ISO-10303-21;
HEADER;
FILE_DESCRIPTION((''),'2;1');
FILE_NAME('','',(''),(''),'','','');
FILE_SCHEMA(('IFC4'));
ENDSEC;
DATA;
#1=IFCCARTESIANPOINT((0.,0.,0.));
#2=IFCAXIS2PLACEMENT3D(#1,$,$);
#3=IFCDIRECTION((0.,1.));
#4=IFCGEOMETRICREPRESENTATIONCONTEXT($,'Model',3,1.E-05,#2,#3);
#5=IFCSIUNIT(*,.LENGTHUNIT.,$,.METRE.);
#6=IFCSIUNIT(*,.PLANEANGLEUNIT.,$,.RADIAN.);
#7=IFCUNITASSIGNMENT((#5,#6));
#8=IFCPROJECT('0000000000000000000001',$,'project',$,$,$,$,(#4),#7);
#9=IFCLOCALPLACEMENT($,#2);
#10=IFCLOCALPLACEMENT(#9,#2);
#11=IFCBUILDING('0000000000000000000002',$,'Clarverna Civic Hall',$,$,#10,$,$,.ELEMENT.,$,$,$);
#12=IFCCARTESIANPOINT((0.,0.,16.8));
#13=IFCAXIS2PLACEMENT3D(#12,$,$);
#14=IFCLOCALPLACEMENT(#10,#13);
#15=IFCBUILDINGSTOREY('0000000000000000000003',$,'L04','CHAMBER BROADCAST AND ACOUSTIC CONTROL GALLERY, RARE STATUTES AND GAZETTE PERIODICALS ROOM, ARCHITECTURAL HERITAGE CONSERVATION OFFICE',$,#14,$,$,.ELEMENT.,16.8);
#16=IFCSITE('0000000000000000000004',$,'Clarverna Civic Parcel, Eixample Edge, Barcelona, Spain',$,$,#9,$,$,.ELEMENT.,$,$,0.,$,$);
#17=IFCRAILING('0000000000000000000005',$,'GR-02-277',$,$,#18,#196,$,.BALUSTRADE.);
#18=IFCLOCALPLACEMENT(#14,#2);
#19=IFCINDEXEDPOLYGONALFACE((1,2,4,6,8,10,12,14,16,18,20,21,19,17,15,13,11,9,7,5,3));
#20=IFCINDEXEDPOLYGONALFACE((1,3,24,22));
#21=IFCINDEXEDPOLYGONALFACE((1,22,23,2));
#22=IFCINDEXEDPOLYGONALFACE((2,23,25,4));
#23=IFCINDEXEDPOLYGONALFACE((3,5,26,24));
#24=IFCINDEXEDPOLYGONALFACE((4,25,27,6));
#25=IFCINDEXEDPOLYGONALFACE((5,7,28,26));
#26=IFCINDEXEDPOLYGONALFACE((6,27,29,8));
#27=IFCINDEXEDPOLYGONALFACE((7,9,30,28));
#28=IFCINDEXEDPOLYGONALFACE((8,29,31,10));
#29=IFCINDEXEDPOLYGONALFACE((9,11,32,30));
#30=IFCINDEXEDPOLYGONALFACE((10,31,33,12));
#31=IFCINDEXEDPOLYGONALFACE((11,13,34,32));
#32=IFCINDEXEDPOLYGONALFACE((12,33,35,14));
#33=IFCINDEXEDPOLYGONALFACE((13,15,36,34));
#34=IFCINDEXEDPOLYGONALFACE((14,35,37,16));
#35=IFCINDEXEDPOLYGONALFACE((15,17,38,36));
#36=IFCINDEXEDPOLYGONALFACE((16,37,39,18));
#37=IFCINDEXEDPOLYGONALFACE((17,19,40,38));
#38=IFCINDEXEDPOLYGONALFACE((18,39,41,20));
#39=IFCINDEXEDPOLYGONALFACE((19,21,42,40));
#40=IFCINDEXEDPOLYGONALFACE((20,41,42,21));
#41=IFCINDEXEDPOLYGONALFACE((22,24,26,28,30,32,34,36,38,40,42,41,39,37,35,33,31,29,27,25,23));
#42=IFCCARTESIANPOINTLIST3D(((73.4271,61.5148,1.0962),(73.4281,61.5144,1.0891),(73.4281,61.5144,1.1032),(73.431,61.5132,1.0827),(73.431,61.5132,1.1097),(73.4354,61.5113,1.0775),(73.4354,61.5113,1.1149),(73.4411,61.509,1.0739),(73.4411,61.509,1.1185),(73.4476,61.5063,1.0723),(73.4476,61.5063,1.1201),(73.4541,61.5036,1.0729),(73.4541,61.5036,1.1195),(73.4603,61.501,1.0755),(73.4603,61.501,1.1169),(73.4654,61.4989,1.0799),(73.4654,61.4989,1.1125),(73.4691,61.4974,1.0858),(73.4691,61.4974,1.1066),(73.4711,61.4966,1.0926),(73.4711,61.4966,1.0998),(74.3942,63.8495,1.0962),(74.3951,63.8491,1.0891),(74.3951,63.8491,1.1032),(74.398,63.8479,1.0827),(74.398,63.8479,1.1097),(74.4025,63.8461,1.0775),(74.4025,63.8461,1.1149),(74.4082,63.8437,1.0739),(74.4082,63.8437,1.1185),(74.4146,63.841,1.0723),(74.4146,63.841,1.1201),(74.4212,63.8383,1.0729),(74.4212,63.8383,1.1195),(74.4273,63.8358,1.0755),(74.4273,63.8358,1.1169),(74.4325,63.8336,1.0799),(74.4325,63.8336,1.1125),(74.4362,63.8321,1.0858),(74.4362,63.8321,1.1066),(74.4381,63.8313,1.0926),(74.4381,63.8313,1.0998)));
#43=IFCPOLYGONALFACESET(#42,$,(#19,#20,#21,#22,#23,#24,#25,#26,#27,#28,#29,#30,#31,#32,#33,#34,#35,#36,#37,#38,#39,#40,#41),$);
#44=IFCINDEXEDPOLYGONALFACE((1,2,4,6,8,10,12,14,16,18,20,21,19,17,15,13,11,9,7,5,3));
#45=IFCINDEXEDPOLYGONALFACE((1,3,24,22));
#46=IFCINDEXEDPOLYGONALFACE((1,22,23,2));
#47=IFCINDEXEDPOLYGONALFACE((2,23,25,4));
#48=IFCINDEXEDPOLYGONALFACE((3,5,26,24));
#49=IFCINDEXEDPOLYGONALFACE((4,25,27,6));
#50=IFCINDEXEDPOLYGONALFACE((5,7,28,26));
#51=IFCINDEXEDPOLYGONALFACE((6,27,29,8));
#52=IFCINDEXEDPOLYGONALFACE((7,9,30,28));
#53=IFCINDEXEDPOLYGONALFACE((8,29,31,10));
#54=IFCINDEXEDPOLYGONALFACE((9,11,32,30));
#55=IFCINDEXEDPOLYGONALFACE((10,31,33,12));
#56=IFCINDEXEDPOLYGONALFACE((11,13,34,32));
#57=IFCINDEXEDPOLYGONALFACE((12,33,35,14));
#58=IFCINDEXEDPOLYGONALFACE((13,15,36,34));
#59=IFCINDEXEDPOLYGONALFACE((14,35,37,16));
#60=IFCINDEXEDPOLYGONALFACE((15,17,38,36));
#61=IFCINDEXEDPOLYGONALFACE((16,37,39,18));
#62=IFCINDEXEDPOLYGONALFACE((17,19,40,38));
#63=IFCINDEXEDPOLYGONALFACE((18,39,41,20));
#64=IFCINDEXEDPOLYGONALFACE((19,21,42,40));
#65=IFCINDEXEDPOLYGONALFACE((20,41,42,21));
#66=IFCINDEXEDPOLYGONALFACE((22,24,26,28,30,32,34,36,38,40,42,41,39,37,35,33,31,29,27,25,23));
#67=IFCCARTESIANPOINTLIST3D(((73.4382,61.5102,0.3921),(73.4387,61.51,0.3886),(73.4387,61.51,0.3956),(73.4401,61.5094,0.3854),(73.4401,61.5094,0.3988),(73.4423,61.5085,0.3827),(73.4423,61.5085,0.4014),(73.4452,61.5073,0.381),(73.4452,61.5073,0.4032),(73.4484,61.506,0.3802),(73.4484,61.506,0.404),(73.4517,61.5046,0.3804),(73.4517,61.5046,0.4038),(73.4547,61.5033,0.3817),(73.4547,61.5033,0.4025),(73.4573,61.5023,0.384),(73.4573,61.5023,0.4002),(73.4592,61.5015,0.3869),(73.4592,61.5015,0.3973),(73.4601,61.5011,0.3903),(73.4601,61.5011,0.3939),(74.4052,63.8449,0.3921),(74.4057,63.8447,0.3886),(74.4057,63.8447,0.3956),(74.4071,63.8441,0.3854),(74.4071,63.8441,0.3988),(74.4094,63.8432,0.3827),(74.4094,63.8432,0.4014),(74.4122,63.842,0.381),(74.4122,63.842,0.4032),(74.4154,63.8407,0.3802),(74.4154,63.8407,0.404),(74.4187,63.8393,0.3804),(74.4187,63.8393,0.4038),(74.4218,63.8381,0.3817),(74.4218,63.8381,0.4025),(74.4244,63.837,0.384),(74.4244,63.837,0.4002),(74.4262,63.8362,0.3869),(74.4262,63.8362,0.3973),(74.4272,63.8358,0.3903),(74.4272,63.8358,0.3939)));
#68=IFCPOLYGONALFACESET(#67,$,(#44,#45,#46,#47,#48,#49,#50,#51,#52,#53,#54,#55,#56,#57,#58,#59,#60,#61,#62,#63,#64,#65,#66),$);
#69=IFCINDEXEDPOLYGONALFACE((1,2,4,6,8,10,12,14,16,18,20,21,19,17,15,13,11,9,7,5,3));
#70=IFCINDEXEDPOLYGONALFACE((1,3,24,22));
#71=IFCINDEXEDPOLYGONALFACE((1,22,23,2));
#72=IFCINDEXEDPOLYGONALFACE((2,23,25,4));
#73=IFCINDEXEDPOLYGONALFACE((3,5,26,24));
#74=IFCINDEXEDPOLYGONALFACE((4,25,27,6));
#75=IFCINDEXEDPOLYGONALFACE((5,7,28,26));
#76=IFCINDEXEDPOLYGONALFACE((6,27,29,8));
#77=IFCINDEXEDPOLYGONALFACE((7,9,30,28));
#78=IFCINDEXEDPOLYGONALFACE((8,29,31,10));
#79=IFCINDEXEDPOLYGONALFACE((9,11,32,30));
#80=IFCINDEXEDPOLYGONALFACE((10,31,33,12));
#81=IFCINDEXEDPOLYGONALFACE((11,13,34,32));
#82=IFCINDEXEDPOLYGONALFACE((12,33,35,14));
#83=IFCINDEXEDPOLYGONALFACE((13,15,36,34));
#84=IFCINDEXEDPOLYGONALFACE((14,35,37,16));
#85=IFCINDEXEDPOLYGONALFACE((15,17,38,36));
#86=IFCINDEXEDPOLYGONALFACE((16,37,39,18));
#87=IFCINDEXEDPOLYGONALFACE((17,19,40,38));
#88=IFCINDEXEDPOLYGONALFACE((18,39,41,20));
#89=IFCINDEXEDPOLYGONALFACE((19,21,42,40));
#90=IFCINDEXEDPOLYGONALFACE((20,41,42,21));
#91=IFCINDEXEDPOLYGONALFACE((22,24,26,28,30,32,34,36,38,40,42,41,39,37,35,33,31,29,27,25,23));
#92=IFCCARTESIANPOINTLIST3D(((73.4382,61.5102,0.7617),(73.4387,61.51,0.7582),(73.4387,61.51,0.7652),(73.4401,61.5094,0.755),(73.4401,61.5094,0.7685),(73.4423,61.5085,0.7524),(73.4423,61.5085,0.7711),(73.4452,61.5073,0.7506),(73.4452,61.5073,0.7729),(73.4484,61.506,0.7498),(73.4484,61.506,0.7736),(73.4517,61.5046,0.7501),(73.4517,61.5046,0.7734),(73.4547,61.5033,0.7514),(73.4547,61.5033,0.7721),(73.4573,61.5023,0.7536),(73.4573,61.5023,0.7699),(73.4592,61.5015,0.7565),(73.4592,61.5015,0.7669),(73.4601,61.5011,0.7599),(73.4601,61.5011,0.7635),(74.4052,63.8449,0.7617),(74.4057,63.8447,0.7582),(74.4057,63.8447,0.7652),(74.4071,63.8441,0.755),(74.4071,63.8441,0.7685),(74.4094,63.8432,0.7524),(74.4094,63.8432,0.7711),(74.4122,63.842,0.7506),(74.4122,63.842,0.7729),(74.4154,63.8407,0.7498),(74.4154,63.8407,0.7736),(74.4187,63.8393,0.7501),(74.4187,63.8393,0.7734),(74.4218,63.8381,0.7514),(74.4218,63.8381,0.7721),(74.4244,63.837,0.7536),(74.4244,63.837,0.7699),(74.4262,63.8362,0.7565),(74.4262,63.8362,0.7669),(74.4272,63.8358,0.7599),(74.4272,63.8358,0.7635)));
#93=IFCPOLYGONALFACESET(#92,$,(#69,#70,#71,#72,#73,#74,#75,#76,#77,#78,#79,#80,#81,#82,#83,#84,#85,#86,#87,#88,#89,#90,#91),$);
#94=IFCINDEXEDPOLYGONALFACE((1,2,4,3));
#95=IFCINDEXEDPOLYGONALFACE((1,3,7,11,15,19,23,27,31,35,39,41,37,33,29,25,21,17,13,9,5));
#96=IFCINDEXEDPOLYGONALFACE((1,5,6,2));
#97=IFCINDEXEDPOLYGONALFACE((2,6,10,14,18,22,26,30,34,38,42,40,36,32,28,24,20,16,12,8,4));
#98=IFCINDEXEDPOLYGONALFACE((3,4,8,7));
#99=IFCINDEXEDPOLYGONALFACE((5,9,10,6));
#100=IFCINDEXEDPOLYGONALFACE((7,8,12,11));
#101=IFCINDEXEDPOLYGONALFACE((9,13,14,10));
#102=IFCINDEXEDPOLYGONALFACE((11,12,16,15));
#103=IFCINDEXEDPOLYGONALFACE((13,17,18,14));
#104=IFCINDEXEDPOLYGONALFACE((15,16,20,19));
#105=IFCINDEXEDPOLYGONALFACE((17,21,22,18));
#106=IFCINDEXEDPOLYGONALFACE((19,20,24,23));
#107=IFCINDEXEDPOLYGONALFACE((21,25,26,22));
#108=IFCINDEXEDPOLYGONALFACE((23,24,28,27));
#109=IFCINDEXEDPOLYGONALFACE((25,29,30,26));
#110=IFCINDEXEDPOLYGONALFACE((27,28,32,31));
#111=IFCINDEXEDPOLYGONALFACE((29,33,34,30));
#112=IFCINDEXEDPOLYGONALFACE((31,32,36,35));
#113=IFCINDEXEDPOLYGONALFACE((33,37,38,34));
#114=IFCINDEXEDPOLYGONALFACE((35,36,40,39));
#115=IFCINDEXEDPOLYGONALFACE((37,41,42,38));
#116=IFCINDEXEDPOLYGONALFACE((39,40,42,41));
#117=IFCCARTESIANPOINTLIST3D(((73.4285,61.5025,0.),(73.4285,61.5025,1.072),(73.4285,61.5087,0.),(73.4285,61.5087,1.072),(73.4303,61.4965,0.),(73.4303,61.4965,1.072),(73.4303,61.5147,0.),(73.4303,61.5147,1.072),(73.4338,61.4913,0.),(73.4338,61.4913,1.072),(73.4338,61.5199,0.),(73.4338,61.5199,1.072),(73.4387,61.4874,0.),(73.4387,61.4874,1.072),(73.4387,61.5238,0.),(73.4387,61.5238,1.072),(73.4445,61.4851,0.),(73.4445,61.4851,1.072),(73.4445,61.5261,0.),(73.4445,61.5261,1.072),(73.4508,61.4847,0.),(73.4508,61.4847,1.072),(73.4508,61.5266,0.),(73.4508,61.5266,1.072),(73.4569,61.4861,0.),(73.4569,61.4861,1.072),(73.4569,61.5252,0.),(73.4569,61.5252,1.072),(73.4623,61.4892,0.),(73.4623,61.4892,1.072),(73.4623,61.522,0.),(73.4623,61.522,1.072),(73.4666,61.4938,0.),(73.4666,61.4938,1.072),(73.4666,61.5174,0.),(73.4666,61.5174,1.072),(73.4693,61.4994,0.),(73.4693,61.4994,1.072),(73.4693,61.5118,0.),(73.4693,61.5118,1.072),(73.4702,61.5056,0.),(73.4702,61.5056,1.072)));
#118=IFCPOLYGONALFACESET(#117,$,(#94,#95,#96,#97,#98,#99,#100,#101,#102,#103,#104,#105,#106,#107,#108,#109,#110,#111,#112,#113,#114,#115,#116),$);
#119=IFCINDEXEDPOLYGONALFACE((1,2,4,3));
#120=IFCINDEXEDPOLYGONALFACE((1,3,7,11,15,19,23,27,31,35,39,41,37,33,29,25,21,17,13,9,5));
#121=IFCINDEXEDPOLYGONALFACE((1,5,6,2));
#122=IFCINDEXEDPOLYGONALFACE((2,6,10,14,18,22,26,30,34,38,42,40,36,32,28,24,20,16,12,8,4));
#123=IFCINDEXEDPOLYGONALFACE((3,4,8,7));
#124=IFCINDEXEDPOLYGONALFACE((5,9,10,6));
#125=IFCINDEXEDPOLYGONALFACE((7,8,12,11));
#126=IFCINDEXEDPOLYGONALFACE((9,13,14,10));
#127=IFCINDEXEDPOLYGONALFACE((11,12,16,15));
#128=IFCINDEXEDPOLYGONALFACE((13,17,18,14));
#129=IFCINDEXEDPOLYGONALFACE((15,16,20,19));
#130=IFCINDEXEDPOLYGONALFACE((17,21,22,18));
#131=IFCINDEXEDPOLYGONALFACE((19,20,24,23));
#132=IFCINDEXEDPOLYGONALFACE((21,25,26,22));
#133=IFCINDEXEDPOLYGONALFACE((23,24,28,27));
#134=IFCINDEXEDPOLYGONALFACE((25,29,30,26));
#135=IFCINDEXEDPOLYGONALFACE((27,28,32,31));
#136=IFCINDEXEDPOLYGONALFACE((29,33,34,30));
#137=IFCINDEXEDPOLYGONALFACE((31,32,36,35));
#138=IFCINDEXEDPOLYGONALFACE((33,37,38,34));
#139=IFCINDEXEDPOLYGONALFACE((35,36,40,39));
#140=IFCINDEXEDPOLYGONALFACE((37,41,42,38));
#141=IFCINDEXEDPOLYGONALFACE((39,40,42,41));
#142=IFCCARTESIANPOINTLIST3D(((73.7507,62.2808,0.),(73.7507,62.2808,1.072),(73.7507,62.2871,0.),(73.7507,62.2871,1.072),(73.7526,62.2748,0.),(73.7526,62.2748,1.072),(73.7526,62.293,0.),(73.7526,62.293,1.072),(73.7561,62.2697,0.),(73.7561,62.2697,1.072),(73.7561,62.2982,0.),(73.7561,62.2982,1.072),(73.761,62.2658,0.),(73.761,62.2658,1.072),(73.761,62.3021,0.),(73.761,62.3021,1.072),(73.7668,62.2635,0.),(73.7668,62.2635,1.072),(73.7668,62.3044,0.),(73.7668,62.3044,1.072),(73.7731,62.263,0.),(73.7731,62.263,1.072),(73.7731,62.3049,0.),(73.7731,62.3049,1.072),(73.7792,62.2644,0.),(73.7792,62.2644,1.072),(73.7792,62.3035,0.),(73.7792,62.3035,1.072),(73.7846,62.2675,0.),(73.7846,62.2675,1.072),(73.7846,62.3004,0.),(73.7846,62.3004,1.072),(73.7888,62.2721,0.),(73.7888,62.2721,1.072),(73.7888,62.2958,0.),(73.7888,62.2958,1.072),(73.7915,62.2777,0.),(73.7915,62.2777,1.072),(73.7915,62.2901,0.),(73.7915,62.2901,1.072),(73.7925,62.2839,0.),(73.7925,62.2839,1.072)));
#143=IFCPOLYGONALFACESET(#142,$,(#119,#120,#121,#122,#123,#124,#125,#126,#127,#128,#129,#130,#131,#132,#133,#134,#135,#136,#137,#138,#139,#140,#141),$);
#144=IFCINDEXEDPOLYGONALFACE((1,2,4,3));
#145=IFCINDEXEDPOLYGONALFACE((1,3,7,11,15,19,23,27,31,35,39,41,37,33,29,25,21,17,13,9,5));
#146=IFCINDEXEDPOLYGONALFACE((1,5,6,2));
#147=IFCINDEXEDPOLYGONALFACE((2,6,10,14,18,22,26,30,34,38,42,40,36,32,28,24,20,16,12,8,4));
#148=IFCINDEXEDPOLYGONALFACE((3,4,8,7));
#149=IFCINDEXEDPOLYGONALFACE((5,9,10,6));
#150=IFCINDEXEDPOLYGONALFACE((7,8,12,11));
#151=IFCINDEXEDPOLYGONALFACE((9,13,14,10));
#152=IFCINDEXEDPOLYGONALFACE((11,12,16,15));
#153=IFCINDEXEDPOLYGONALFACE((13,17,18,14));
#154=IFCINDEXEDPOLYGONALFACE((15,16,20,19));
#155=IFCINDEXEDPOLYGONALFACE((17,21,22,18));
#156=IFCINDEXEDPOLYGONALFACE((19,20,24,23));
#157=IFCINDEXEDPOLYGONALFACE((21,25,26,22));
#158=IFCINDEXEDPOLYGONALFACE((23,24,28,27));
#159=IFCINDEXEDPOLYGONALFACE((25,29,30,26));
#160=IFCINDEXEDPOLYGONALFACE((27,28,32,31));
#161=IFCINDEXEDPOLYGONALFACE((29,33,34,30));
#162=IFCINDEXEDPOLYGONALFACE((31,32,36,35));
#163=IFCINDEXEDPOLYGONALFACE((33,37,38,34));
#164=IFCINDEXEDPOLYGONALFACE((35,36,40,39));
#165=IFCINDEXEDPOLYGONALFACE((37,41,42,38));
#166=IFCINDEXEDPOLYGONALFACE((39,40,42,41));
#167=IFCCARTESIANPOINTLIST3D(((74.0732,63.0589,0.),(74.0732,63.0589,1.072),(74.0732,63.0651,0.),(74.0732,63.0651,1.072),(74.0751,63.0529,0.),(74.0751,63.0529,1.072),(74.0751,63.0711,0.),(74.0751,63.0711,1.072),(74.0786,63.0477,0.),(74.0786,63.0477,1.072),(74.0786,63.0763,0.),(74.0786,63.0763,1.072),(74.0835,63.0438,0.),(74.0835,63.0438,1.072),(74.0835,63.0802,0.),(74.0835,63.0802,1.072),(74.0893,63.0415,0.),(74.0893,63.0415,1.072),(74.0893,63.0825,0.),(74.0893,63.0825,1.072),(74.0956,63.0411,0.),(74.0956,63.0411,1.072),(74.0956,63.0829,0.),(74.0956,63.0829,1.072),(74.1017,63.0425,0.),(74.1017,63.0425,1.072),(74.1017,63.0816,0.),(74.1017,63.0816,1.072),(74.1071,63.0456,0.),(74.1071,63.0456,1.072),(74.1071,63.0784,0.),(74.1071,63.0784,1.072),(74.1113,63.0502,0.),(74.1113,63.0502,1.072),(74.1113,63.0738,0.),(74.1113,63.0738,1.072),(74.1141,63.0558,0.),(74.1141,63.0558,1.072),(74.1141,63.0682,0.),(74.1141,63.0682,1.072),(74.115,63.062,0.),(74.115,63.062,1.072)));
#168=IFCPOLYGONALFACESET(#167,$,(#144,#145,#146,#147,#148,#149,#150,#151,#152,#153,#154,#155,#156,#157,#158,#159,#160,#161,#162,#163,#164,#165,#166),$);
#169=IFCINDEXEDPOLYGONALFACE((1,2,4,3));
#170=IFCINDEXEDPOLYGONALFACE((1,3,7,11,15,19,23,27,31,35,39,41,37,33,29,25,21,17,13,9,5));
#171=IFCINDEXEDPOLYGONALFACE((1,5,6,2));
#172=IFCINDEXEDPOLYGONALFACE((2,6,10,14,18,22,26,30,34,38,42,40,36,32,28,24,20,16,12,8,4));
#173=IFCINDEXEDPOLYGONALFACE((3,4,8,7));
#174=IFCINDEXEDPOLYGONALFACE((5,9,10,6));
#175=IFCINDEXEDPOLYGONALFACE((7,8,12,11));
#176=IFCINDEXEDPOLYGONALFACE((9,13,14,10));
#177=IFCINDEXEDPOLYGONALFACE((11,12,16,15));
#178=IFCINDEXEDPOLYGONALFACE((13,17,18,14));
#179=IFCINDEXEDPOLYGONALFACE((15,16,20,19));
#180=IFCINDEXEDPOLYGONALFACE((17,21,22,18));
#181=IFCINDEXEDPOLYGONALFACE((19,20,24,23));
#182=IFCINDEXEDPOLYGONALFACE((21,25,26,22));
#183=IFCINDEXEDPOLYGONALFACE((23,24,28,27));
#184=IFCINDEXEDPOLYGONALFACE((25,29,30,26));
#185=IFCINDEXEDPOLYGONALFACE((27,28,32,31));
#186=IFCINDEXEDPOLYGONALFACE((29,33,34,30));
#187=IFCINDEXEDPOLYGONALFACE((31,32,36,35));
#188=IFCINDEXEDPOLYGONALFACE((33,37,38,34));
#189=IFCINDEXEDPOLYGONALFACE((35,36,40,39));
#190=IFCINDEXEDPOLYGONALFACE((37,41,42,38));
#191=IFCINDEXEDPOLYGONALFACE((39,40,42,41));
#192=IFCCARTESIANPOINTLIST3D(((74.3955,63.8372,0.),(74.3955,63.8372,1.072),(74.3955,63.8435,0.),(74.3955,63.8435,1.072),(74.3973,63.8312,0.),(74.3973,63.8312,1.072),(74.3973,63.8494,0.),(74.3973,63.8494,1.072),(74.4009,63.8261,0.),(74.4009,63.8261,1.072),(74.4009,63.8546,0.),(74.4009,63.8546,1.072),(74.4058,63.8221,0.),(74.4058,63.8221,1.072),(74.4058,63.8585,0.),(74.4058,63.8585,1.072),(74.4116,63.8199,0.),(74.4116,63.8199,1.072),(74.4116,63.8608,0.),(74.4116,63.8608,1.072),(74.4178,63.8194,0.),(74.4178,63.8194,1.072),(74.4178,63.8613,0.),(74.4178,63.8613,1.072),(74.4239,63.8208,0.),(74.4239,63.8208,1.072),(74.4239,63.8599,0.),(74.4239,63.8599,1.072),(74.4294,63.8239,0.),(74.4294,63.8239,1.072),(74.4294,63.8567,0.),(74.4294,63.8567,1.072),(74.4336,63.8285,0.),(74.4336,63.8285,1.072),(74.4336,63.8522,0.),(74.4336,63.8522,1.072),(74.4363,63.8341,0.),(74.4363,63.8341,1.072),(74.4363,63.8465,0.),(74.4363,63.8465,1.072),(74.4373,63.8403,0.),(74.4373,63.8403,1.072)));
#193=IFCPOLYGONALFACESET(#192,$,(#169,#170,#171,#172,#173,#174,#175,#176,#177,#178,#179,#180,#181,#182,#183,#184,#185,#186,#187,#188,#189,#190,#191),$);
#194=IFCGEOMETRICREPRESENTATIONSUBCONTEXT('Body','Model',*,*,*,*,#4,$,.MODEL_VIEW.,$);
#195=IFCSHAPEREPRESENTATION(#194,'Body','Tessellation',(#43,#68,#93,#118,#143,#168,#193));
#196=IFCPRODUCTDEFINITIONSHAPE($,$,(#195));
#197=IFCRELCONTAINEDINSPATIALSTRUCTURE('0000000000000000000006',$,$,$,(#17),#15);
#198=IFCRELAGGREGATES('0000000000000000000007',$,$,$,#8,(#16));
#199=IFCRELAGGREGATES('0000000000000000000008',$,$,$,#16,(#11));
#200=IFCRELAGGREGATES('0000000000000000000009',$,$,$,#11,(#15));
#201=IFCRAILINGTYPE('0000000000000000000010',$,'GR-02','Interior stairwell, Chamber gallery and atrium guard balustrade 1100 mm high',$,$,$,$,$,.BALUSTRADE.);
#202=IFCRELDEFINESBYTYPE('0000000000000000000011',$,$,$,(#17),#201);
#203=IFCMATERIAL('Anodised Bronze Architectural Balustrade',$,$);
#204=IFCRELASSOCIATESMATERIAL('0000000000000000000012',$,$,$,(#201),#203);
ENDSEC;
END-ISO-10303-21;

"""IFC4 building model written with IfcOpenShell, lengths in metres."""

from ifc_helpers import new_model, si_unit, direction, frame, origin, origin_2d, place, context, subcontext, project, spatial, circle, extrude, material, type_object, element, save


model = new_model("IFC4")

# Units and contexts
model_context = context("Model", 3, precision=1e-05, world=origin(), true_north=direction((0.0, 1.0)))
body_context = subcontext(model_context, "Body", "Model", "MODEL_VIEW")
ifc_project = project(units=[si_unit("LENGTHUNIT", "METRE"), si_unit("PLANEANGLEUNIT", "RADIAN")], contexts=[model_context])

# Site, building, storey
site_placement = place(None, origin())
site = spatial("IfcSite", under=ifc_project, at=site_placement, Name="Clarverna Civic Parcel, Eixample Edge, Barcelona, Spain", CompositionType="ELEMENT", RefElevation=0.0)
building_placement = place(site_placement, origin())
building = spatial("IfcBuilding", under=site, at=building_placement, Name="Clarverna Civic Hall", CompositionType="ELEMENT")
storey_placement = place(building_placement, frame((0.0, 0.0, 16.8)))
storey = spatial("IfcBuildingStorey", under=building, at=storey_placement, Name="L04", Description="CHAMBER BROADCAST AND ACOUSTIC CONTROL GALLERY, RARE STATUTES AND GAZETTE PERIODICALS ROOM, ARCHITECTURAL HERITAGE CONSERVATION OFFICE", CompositionType="ELEMENT", Elevation=16.8)

# Railing
ifc_material_1 = material(Name="Anodised Bronze Architectural Balustrade")
railing_type = type_object("IfcRailingType", Name="GR-02", Description="Interior stairwell, Chamber gallery and atrium guard balustrade 1100 mm high", PredefinedType="BALUSTRADE", material=ifc_material_1)
railing_1_placement = place(storey_placement, frame((73.4492, 61.5056, 0.0)))
element("IfcRailing", 1, at=railing_1_placement, inside=storey, type_object=railing_type, Name="GR-02-277", PredefinedType="BALUSTRADE", context=body_context, shape_type="SweptSolid", body=[
    extrude(circle(Radius=0.0239, at=origin_2d()), frame((0.0, 0.0, 1.0962), z_axis=(0.382673, 0.923884, 0.0), x_axis=(-0.923884, 0.382673, 0.0)), (0.0, 0.0, 1.0), 2.5271),
    extrude(circle(Radius=0.012, at=origin_2d()), frame((0.0, 0.0, 0.3921), z_axis=(0.382673, 0.923884, 0.0), x_axis=(-0.923884, 0.382673, 0.0)), (0.0, 0.0, 1.0), 2.5271),
    extrude(circle(Radius=0.012, at=origin_2d()), frame((0.0, 0.0, 0.7617), z_axis=(0.382673, 0.923884, 0.0), x_axis=(-0.923884, 0.382673, 0.0)), (0.0, 0.0, 1.0), 2.5271),
    extrude(circle(Radius=0.021, at=origin_2d()), origin(), (0.0, 0.0, 1.0), 1.072),
    extrude(circle(Radius=0.021, at=origin_2d()), frame((0.3223, 0.7783, 0.0)), (0.0, 0.0, 1.0), 1.072),
    extrude(circle(Radius=0.021, at=origin_2d()), frame((0.6448, 1.5564, 0.0)), (0.0, 0.0, 1.0), 1.072),
    extrude(circle(Radius=0.021, at=origin_2d()), frame((0.967, 2.3347, 0.0)), (0.0, 0.0, 1.0), 1.072),
])

save(model, "model.ifc")
